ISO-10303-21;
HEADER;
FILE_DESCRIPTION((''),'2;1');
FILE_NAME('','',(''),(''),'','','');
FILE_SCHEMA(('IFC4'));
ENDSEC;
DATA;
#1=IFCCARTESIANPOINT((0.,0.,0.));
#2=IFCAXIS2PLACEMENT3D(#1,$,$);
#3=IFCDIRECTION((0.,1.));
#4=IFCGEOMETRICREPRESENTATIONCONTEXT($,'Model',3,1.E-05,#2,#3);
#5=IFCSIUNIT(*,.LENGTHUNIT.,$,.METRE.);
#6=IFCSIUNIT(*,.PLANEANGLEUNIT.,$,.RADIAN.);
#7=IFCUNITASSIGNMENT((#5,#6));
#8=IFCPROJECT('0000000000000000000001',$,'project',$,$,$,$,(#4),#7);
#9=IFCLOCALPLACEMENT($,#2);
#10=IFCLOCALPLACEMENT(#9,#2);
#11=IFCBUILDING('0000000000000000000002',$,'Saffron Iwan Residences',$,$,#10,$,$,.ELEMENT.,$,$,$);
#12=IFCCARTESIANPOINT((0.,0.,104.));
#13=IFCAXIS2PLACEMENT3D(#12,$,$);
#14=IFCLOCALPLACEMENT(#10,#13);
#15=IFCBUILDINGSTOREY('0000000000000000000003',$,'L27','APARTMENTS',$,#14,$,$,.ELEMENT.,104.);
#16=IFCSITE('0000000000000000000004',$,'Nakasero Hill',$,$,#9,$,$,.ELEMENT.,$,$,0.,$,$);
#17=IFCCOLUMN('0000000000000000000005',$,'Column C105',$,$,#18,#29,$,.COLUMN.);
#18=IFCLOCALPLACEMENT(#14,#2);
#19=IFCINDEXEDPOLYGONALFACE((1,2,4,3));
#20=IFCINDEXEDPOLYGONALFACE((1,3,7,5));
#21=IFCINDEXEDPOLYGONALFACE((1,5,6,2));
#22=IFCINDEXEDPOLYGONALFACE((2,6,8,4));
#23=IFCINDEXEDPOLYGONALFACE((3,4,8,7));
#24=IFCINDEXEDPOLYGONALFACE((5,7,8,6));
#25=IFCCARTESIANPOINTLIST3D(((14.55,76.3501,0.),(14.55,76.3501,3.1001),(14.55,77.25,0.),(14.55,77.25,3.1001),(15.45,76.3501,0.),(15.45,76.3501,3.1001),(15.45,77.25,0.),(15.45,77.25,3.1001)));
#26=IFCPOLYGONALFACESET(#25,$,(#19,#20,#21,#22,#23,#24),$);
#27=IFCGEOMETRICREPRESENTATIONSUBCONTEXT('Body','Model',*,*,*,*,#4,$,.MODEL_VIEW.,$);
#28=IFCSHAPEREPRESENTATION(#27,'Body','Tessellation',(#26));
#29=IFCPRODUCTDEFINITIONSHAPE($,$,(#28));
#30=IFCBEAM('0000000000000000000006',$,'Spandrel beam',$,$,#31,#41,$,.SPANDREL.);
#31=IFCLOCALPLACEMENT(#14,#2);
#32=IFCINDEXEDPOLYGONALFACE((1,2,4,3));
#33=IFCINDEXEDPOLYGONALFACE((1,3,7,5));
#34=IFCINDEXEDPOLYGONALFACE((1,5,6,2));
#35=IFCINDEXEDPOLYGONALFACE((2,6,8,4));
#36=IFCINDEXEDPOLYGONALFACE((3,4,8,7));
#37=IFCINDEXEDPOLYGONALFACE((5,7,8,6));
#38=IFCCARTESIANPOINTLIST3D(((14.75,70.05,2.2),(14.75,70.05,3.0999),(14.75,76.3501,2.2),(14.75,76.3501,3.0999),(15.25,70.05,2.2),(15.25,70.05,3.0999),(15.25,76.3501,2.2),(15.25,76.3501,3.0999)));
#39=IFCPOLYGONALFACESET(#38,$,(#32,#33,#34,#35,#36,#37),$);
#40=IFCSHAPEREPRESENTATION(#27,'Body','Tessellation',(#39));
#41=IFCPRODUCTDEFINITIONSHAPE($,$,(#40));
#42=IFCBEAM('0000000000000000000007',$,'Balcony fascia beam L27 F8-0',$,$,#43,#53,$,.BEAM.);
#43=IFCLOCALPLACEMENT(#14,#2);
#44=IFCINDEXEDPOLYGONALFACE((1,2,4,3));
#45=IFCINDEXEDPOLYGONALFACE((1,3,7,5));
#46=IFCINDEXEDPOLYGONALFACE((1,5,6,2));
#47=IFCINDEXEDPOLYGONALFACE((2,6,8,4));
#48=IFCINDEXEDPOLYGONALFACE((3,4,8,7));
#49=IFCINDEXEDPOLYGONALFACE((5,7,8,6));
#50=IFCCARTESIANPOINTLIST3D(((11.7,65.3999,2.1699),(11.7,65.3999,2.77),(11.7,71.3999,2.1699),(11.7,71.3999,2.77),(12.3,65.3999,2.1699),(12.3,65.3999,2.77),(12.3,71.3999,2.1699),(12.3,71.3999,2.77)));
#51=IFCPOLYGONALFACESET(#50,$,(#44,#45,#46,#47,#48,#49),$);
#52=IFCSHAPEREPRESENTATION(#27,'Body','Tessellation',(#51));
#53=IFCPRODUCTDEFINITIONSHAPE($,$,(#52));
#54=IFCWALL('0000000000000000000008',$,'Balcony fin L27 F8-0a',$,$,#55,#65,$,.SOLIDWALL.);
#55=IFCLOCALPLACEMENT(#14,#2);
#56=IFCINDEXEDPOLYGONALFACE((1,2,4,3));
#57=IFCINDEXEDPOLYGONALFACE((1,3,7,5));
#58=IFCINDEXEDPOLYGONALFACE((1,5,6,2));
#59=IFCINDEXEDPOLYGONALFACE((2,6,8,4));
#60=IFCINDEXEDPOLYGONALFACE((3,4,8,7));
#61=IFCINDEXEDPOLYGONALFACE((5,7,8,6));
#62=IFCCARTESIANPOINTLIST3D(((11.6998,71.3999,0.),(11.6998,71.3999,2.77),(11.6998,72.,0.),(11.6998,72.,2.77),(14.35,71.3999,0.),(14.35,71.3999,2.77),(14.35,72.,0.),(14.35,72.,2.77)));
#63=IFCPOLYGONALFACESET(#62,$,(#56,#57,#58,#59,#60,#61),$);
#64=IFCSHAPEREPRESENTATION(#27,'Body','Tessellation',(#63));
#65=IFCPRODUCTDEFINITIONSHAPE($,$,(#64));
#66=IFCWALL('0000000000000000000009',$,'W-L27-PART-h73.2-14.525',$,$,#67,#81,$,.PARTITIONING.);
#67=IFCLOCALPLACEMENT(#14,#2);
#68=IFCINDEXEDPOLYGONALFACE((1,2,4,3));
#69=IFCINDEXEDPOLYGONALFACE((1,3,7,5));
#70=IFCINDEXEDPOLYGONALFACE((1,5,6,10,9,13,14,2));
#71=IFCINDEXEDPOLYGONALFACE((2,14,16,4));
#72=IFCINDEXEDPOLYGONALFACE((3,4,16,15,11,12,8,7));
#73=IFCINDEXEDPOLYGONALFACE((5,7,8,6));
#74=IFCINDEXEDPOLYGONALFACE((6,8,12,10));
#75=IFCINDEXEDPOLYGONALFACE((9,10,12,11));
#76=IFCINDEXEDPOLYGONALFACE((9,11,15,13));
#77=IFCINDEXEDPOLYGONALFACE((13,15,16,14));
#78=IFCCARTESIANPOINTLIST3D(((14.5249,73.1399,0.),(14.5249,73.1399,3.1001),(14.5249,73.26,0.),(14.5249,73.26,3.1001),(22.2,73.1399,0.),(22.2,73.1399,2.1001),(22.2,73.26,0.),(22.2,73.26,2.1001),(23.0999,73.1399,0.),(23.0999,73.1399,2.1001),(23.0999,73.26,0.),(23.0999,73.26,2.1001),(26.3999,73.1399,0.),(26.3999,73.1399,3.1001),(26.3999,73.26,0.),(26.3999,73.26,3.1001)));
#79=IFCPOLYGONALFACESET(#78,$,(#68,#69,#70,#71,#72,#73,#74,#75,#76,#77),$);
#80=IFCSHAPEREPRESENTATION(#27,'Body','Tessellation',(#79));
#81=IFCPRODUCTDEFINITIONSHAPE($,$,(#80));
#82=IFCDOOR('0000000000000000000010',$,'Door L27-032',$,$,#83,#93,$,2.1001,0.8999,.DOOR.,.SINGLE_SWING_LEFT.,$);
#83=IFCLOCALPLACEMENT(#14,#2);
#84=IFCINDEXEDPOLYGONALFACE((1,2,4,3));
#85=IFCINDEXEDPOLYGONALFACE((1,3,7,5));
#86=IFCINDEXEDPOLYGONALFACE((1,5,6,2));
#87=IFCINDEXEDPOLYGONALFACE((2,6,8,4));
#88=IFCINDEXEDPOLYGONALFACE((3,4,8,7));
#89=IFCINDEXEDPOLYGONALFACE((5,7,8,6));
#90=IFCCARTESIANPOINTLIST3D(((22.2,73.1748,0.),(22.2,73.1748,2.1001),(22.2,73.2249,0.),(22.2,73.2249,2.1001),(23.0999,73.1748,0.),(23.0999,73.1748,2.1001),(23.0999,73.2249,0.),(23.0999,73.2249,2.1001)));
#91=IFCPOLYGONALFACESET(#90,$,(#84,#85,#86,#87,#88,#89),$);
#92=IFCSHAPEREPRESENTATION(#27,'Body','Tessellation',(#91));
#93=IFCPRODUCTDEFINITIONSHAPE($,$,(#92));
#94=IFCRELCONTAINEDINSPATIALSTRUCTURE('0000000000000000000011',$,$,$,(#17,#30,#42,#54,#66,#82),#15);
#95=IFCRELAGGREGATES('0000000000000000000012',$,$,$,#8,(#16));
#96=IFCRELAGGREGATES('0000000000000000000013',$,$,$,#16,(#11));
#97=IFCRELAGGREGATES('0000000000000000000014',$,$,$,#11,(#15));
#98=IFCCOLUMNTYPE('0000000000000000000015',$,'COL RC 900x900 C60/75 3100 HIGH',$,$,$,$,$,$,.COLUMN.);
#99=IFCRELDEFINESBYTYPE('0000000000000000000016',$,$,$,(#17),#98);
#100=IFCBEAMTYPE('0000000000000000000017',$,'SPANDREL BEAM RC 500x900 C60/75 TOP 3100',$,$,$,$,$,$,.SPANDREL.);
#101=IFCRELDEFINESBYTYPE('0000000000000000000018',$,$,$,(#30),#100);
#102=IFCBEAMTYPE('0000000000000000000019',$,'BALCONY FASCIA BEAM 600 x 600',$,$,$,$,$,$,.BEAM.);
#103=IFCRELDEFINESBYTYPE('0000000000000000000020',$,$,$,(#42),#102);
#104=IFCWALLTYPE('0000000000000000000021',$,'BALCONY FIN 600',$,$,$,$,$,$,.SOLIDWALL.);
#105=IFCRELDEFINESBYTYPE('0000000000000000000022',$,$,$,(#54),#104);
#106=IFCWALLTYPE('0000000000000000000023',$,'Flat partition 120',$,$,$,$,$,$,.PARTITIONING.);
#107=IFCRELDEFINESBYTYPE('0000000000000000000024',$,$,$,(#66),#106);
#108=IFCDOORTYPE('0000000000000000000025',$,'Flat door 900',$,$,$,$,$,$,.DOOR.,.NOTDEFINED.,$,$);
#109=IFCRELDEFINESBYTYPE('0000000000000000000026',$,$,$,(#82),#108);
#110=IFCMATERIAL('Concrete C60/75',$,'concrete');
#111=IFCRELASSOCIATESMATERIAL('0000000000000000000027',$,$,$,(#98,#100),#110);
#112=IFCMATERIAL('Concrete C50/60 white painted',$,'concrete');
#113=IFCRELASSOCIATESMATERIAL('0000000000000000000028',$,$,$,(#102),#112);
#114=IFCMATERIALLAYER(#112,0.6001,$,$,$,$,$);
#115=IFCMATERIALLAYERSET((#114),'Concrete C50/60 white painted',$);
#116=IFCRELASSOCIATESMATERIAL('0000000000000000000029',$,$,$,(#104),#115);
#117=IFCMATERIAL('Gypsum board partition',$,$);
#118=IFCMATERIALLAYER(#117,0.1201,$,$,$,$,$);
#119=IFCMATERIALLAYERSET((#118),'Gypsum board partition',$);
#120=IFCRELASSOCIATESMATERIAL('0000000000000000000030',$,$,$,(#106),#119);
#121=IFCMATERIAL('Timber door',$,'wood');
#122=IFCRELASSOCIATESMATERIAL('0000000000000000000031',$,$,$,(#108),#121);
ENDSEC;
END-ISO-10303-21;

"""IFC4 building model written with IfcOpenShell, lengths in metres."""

from ifc_helpers import new_model, si_unit, direction, frame, frame_2d, origin, origin_2d, place, context, subcontext, project, spatial, rectangle, extrude, source, transform, mapped, material, layer, layer_set, material_profile, profile_set, type_object, element, fill, save


model = new_model("IFC4")

# Units and contexts
model_context = context("Model", 3, precision=1e-05, world=origin(), true_north=direction((0.0, 1.0)))
body_context = subcontext(model_context, "Body", "Model", "MODEL_VIEW")
ifc_project = project(units=[si_unit("LENGTHUNIT", "METRE"), si_unit("PLANEANGLEUNIT", "RADIAN")], contexts=[model_context])

# Site, building, storey
site_placement = place(None, origin())
site = spatial("IfcSite", under=ifc_project, at=site_placement, Name="Nakasero Hill", CompositionType="ELEMENT", RefElevation=0.0)
building_placement = place(site_placement, origin())
building = spatial("IfcBuilding", under=site, at=building_placement, Name="Saffron Iwan Residences", CompositionType="ELEMENT")
storey_placement = place(building_placement, frame((0.0, 0.0, 104.0)))
storey = spatial("IfcBuildingStorey", under=building, at=storey_placement, Name="L27", Description="APARTMENTS", CompositionType="ELEMENT", Elevation=104.0)

# Column
ifc_material_1 = material(Name="Concrete C60/75", Category="concrete")
ifc_material_profile_1 = material_profile(ifc_material_1, rectangle(XDim=0.8999, YDim=0.8999, at=origin_2d()), Name="RC 900x900")
ifc_profile_set_1 = profile_set([ifc_material_profile_1], Name="Concrete C60/75")
column_type = type_object("IfcColumnType", Name="COL RC 900x900 C60/75 3100 HIGH", PredefinedType="COLUMN", material=ifc_profile_set_1)
shared_shape_1 = source(origin(), body_context, "Body", "SweptSolid", [
    extrude(rectangle(XDim=0.8999, YDim=0.8999, at=origin_2d()), origin(), (0.0, 0.0, 1.0), 3.1001),
])
column_placement = place(storey_placement, frame((15.0, 76.8, 0.0), z_axis=(0.0, 0.0, 1.0), x_axis=(1.0, 0.0, 0.0)))
element("IfcColumn", 1, at=column_placement, inside=storey, type_object=column_type, Name="Column C105", PredefinedType="COLUMN", context=body_context, shape_type="MappedRepresentation", body=[
    mapped(shared_shape_1, transform((0.0, 0.0, 0.0))),
])

# Beams
ifc_material_profile_2 = material_profile(ifc_material_1, rectangle(XDim=0.5, YDim=0.8999, at=origin_2d()), Name="RC 500x900")
ifc_profile_set_2 = profile_set([ifc_material_profile_2], Name="Concrete C60/75")
beam_type_1 = type_object("IfcBeamType", Name="SPANDREL BEAM RC 500x900 C60/75 TOP 3100", PredefinedType="SPANDREL", material=ifc_profile_set_2)
shared_shape_2 = source(origin(), body_context, "Body", "SweptSolid", [
    extrude(rectangle(XDim=0.5, YDim=0.8999, at=origin_2d()), origin(), (0.0, 0.0, 1.0), 6.3),
])
beam_1_placement = place(storey_placement, frame((15.0, 70.05, 2.6499), z_axis=(0.0, 1.0, 0.0), x_axis=(-1.0, 0.0, 0.0)))
element("IfcBeam", 2, at=beam_1_placement, inside=storey, type_object=beam_type_1, Name="Spandrel beam", PredefinedType="SPANDREL", context=body_context, shape_type="MappedRepresentation", body=[
    mapped(shared_shape_2, transform((0.0, 0.0, 0.0))),
])
ifc_material_2 = material(Name="Concrete C50/60 white painted", Category="concrete")
ifc_material_profile_3 = material_profile(ifc_material_2, rectangle(XDim=0.6001, YDim=0.6001, at=origin_2d()), Name="BALCONY FASCIA BEAM 600 x 600")
ifc_profile_set_3 = profile_set([ifc_material_profile_3], Name="Concrete C50/60 white painted")
beam_type_2 = type_object("IfcBeamType", Name="BALCONY FASCIA BEAM 600 x 600", PredefinedType="BEAM", material=ifc_profile_set_3)
shared_shape_3 = source(origin(), body_context, "Body", "SweptSolid", [
    extrude(rectangle(XDim=0.6001, YDim=0.6001, at=origin_2d()), origin(), (0.0, 0.0, 1.0), 6.0),
])
beam_2_placement = place(storey_placement, frame((12.0, 71.3999, 2.47), z_axis=(0.0, -1.0, 0.0), x_axis=(1.0, 0.0, 0.0)))
element("IfcBeam", 3, at=beam_2_placement, inside=storey, type_object=beam_type_2, Name="Balcony fascia beam L27 F8-0", PredefinedType="BEAM", context=body_context, shape_type="MappedRepresentation", body=[
    mapped(shared_shape_3, transform((0.0, 0.0, 0.0))),
])

# Wall
ifc_layer_1 = layer(ifc_material_2, 0.6001)
ifc_layer_set_1 = layer_set([ifc_layer_1], Name="Concrete C50/60 white painted")
wall_type_1 = type_object("IfcWallType", Name="BALCONY FIN 600", PredefinedType="SOLIDWALL", material=ifc_layer_set_1)
wall_1_placement = place(storey_placement, frame((14.3501, 71.7, 0.0), z_axis=(0.0, 0.0, 1.0), x_axis=(-1.0, 0.0, 0.0)))
element("IfcWall", 4, at=wall_1_placement, inside=storey, type_object=wall_type_1, Name="Balcony fin L27 F8-0a", PredefinedType="SOLIDWALL", context=body_context, shape_type="SweptSolid", body=[
    extrude(rectangle(XDim=2.6501, YDim=0.6001, at=frame_2d((1.3252, 0.0))), origin(), (0.0, 0.0, 1.0), 2.77),
])

# Wall, opening, door
ifc_material_3 = material(Name="Gypsum board partition")
ifc_layer_2 = layer(ifc_material_3, 0.1201)
ifc_layer_set_2 = layer_set([ifc_layer_2], Name="Gypsum board partition")
wall_type_2 = type_object("IfcWallType", Name="Flat partition 120", PredefinedType="PARTITIONING", material=ifc_layer_set_2)
wall_2_placement = place(storey_placement, frame((14.5249, 73.2, 0.0), z_axis=(0.0, 0.0, 1.0), x_axis=(1.0, 0.0, 0.0)))
wall_2 = element("IfcWall", 5, at=wall_2_placement, inside=storey, type_object=wall_type_2, Name="W-L27-PART-h73.2-14.525", PredefinedType="PARTITIONING", context=body_context, shape_type="SweptSolid", body=[
    extrude(rectangle(XDim=11.875, YDim=0.1201, at=frame_2d((5.9375, 0.0))), origin(), (0.0, 0.0, 1.0), 3.1001),
])
opening_1_placement = place(wall_2_placement, frame((7.675, 0.0, 0.0)))
opening_1 = element("IfcOpeningElement", 6, at=opening_1_placement, cuts=wall_2, PredefinedType="OPENING", context=body_context, shape_type="SweptSolid", body=[
    extrude(rectangle(XDim=0.8999, YDim=2.1001, at=frame_2d((0.45, 1.05))), frame((0.0, 0.0701, 0.0), z_axis=(0.0, -1.0, 0.0), x_axis=(1.0, 0.0, 0.0)), (0.0, 0.0, 1.0), 0.1401),
])
ifc_material_4 = material(Name="Timber door", Category="wood")
door_type_1 = type_object("IfcDoorType", Name="Flat door 900", OperationType="NOTDEFINED", PredefinedType="DOOR", material=ifc_material_4)
door_1_placement = place(opening_1_placement, origin())
door_1 = element("IfcDoor", 7, at=door_1_placement, inside=storey, type_object=door_type_1, Name="Door L27-032", OperationType="SINGLE_SWING_LEFT", OverallHeight=2.1001, OverallWidth=0.8999, PredefinedType="DOOR", context=body_context, shape_type="SweptSolid", body=[
    extrude(rectangle(XDim=0.8999, YDim=2.1001, at=frame_2d((0.45, 1.05))), frame((0.0, 0.0249, 0.0), z_axis=(0.0, -1.0, 0.0), x_axis=(1.0, 0.0, 0.0)), (0.0, 0.0, 1.0), 0.05),
])
fill(opening_1, door_1)

save(model, "model.ifc")
